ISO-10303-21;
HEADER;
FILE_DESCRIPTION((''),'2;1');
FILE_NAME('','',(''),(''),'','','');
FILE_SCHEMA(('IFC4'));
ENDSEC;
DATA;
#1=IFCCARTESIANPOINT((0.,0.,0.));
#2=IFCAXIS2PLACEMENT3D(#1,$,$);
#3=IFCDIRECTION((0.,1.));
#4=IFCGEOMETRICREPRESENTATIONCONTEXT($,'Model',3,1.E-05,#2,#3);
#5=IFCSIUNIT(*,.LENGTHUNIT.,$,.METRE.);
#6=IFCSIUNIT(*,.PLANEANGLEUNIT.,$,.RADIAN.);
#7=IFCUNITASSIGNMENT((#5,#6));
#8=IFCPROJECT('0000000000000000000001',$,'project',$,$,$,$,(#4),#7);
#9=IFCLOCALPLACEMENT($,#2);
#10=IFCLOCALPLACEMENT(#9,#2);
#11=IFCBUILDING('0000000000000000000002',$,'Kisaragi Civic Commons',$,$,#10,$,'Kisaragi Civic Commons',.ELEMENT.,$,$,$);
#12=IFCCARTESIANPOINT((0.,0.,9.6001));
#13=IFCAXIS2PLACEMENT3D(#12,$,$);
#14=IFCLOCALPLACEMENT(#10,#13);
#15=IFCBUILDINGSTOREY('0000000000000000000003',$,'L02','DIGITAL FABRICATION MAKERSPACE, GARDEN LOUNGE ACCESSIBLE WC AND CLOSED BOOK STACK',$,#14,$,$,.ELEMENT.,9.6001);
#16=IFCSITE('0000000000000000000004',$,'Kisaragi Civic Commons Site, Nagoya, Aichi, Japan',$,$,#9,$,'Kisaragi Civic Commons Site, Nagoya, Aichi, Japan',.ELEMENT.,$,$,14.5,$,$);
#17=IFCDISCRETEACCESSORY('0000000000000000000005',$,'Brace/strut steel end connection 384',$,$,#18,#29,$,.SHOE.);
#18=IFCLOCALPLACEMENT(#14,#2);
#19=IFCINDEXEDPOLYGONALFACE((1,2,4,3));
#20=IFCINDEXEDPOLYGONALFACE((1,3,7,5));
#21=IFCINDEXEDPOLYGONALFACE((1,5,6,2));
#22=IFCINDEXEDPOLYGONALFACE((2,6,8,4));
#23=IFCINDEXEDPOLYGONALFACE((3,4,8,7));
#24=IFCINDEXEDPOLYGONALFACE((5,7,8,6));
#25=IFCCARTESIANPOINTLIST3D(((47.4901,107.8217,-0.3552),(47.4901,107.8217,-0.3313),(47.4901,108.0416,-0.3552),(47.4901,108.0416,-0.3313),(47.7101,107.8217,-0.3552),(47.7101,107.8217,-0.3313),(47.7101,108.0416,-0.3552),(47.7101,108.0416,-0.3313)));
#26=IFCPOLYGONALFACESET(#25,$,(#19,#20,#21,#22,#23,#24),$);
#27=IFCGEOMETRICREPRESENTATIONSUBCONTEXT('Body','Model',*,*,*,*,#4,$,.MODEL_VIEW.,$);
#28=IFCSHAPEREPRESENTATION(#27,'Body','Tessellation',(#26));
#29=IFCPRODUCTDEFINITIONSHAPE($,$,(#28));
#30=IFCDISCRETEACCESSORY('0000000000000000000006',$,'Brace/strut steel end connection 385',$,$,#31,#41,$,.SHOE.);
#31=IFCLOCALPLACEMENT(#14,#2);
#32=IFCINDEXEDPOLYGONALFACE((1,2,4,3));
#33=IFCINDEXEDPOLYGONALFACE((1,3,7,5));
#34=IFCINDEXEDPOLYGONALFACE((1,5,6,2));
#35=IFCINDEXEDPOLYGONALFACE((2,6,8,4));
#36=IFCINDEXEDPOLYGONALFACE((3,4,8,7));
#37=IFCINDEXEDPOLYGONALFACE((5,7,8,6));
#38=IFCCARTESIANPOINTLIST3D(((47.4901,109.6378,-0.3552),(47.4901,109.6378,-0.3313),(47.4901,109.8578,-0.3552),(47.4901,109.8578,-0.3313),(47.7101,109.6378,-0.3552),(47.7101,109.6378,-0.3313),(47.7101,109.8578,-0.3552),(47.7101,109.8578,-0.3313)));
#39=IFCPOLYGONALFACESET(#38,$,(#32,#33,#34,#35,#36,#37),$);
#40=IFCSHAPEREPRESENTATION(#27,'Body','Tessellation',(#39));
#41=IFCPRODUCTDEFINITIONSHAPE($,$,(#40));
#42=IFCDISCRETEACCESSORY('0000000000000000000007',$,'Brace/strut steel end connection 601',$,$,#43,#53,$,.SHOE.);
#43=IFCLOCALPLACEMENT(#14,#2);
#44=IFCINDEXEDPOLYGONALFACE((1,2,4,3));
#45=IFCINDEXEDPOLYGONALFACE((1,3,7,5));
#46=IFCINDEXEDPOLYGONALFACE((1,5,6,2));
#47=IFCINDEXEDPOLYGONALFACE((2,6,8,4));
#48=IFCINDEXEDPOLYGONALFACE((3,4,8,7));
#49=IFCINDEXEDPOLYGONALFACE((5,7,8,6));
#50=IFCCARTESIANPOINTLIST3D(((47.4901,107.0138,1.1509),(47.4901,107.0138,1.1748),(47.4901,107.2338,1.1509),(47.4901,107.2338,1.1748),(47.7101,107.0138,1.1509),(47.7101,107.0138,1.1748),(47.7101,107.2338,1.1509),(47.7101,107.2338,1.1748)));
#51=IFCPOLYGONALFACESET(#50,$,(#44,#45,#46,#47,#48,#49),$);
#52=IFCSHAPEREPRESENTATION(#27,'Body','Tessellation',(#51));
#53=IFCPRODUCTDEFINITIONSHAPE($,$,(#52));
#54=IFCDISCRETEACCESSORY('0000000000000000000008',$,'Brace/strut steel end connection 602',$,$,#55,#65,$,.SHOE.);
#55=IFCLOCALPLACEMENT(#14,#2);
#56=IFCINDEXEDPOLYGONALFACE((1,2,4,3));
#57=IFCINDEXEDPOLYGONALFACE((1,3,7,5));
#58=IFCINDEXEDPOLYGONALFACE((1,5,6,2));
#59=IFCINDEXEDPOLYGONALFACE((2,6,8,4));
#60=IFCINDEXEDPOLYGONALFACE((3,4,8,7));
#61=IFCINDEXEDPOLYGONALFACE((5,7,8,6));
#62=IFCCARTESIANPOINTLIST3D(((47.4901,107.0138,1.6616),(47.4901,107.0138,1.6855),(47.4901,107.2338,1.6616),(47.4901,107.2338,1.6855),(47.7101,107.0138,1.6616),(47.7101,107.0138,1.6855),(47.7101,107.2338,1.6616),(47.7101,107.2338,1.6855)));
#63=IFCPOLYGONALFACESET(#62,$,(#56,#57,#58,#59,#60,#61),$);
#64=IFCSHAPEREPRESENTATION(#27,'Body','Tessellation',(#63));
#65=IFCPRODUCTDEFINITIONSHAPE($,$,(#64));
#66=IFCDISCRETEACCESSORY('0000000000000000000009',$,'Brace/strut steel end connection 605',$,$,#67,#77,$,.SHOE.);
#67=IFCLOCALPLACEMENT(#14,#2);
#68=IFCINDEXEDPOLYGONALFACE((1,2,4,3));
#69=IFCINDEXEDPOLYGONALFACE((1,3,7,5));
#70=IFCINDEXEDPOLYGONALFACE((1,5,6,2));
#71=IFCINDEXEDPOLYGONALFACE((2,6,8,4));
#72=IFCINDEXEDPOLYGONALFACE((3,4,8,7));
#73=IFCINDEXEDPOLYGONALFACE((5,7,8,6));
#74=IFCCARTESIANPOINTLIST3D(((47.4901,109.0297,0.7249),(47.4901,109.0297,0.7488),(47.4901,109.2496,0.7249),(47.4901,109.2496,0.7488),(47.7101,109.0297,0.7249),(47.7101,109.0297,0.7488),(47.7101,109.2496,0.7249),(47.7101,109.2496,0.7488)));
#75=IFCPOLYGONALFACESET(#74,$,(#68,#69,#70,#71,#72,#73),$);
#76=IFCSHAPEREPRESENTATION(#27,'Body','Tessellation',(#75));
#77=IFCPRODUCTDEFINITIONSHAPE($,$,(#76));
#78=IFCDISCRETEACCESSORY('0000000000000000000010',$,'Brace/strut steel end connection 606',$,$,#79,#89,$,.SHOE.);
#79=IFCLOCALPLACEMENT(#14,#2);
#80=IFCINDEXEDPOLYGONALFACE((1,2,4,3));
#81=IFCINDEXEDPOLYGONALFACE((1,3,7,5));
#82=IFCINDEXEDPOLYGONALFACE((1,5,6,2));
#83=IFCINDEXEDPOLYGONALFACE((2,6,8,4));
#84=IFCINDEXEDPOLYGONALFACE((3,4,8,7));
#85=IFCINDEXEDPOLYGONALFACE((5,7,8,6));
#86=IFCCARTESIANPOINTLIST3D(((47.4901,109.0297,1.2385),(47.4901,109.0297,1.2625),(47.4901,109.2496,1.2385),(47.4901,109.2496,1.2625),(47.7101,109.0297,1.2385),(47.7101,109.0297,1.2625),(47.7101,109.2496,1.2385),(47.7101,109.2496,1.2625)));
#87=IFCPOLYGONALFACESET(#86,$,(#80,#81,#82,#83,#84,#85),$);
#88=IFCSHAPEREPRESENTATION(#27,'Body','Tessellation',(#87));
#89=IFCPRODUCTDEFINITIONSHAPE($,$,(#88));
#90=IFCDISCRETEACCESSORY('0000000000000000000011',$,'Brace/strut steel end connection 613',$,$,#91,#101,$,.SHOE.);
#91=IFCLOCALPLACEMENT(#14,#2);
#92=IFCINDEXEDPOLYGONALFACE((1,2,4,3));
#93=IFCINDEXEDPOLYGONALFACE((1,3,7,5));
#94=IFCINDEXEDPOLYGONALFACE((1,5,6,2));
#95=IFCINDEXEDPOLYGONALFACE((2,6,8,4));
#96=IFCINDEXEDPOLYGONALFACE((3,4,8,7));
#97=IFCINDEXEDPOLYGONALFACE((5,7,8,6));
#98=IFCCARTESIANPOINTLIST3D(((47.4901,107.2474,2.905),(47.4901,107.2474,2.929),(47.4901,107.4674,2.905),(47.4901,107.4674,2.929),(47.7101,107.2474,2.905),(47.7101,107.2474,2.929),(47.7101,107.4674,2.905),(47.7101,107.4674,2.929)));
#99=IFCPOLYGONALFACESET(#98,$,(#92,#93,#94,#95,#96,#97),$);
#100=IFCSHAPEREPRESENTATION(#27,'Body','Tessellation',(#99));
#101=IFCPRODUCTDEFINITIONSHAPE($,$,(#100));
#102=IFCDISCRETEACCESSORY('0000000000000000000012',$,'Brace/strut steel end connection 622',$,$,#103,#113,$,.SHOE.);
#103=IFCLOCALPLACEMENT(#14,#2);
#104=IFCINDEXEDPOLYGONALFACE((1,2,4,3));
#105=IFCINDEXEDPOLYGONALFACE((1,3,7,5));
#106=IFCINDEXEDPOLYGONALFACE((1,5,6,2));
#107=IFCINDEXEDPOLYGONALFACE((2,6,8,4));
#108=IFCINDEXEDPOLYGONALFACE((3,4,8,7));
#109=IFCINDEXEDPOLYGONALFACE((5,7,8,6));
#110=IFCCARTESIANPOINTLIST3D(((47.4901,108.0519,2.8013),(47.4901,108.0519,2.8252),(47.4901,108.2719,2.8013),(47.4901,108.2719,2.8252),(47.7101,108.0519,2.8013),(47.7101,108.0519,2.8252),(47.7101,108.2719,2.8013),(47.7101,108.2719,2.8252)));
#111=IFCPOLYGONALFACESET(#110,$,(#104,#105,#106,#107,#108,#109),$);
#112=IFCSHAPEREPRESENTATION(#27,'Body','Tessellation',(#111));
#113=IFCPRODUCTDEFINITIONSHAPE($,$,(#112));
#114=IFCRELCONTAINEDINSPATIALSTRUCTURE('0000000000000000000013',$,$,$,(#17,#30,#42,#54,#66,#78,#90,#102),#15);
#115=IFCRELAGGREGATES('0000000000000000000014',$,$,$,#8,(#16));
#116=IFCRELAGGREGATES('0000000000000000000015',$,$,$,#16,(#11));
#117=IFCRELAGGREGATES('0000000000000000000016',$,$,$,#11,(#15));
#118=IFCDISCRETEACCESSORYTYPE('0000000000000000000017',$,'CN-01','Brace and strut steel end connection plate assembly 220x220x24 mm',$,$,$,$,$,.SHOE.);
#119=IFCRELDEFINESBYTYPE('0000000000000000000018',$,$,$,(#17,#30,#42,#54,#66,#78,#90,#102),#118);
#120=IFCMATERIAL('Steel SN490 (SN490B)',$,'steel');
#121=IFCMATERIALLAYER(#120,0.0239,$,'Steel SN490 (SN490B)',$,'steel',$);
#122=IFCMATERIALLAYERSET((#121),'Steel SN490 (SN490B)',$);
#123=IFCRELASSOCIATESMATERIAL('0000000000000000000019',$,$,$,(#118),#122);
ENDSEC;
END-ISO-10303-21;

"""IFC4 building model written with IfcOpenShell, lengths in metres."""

from ifc_helpers import new_model, si_unit, direction, frame, origin, origin_2d, place, context, subcontext, project, spatial, rectangle, extrude, material, layer, layer_set, type_object, element, save


model = new_model("IFC4")

# Units and contexts
model_context = context("Model", 3, precision=1e-05, world=origin(), true_north=direction((0.0, 1.0)))
body_context = subcontext(model_context, "Body", "Model", "MODEL_VIEW")
ifc_project = project(units=[si_unit("LENGTHUNIT", "METRE"), si_unit("PLANEANGLEUNIT", "RADIAN")], contexts=[model_context])

# Site, building, storey
site_placement = place(None, origin())
site = spatial("IfcSite", under=ifc_project, at=site_placement, Name="Kisaragi Civic Commons Site, Nagoya, Aichi, Japan", LongName="Kisaragi Civic Commons Site, Nagoya, Aichi, Japan", CompositionType="ELEMENT", RefElevation=14.5)
building_placement = place(site_placement, origin())
building = spatial("IfcBuilding", under=site, at=building_placement, Name="Kisaragi Civic Commons", LongName="Kisaragi Civic Commons", CompositionType="ELEMENT")
storey_placement = place(building_placement, frame((0.0, 0.0, 9.6001)))
storey = spatial("IfcBuildingStorey", under=building, at=storey_placement, Name="L02", Description="DIGITAL FABRICATION MAKERSPACE, GARDEN LOUNGE ACCESSIBLE WC AND CLOSED BOOK STACK", CompositionType="ELEMENT", Elevation=9.6001)

# Shared definitions
ifc_material_1 = material(Name="Steel SN490 (SN490B)", Category="steel")

# Discrete accessories
ifc_layer_1 = layer(ifc_material_1, 0.0239, Name="Steel SN490 (SN490B)", Category="steel")
ifc_layer_set_1 = layer_set([ifc_layer_1], Name="Steel SN490 (SN490B)")
discrete_accessory_type = type_object("IfcDiscreteAccessoryType", Name="CN-01", Description="Brace and strut steel end connection plate assembly 220x220x24 mm", PredefinedType="SHOE", material=ifc_layer_set_1)
for number, where, z_axis, x_axis, name in (
    (1, (47.6001, 107.9316, -0.3552), (0.0, 0.0, 1.0), (1.0, 0.0, 0.0), "Brace/strut steel end connection 384"),
    (2, (47.6001, 109.7478, -0.3552), (0.0, 0.0, 1.0), (1.0, 0.0, 0.0), "Brace/strut steel end connection 385"),
    (3, (47.6001, 107.1238, 1.1509), (0.0, 0.0, 1.0), (1.0, 0.0, 0.0), "Brace/strut steel end connection 601"),
    (4, (47.6001, 107.1238, 1.6616), (0.0, 0.0, 1.0), (1.0, 0.0, 0.0), "Brace/strut steel end connection 602"),
    (5, (47.6001, 109.1396, 0.7249), (0.0, 0.0, 1.0), (1.0, 0.0, 0.0), "Brace/strut steel end connection 605"),
    (6, (47.6001, 109.1396, 1.2385), (0.0, 0.0, 1.0), (1.0, 0.0, 0.0), "Brace/strut steel end connection 606"),
    (7, (47.6001, 107.3574, 2.905), (0.0, 0.0, 1.0), (1.0, 0.0, 0.0), "Brace/strut steel end connection 613"),
    (8, (47.6001, 108.1619, 2.8013), (0.0, 0.0, 1.0), (1.0, 0.0, 0.0), "Brace/strut steel end connection 622"),
):
    element("IfcDiscreteAccessory", number, at=place(storey_placement, frame(where, z_axis=z_axis, x_axis=x_axis)), inside=storey, type_object=discrete_accessory_type, Name=name, PredefinedType="SHOE", context=body_context, shape_type="SweptSolid", body=[
        extrude(rectangle(XDim=0.22, YDim=0.22, at=origin_2d()), origin(), (0.0, 0.0, 1.0), 0.0239),
    ])

save(model, "model.ifc")
